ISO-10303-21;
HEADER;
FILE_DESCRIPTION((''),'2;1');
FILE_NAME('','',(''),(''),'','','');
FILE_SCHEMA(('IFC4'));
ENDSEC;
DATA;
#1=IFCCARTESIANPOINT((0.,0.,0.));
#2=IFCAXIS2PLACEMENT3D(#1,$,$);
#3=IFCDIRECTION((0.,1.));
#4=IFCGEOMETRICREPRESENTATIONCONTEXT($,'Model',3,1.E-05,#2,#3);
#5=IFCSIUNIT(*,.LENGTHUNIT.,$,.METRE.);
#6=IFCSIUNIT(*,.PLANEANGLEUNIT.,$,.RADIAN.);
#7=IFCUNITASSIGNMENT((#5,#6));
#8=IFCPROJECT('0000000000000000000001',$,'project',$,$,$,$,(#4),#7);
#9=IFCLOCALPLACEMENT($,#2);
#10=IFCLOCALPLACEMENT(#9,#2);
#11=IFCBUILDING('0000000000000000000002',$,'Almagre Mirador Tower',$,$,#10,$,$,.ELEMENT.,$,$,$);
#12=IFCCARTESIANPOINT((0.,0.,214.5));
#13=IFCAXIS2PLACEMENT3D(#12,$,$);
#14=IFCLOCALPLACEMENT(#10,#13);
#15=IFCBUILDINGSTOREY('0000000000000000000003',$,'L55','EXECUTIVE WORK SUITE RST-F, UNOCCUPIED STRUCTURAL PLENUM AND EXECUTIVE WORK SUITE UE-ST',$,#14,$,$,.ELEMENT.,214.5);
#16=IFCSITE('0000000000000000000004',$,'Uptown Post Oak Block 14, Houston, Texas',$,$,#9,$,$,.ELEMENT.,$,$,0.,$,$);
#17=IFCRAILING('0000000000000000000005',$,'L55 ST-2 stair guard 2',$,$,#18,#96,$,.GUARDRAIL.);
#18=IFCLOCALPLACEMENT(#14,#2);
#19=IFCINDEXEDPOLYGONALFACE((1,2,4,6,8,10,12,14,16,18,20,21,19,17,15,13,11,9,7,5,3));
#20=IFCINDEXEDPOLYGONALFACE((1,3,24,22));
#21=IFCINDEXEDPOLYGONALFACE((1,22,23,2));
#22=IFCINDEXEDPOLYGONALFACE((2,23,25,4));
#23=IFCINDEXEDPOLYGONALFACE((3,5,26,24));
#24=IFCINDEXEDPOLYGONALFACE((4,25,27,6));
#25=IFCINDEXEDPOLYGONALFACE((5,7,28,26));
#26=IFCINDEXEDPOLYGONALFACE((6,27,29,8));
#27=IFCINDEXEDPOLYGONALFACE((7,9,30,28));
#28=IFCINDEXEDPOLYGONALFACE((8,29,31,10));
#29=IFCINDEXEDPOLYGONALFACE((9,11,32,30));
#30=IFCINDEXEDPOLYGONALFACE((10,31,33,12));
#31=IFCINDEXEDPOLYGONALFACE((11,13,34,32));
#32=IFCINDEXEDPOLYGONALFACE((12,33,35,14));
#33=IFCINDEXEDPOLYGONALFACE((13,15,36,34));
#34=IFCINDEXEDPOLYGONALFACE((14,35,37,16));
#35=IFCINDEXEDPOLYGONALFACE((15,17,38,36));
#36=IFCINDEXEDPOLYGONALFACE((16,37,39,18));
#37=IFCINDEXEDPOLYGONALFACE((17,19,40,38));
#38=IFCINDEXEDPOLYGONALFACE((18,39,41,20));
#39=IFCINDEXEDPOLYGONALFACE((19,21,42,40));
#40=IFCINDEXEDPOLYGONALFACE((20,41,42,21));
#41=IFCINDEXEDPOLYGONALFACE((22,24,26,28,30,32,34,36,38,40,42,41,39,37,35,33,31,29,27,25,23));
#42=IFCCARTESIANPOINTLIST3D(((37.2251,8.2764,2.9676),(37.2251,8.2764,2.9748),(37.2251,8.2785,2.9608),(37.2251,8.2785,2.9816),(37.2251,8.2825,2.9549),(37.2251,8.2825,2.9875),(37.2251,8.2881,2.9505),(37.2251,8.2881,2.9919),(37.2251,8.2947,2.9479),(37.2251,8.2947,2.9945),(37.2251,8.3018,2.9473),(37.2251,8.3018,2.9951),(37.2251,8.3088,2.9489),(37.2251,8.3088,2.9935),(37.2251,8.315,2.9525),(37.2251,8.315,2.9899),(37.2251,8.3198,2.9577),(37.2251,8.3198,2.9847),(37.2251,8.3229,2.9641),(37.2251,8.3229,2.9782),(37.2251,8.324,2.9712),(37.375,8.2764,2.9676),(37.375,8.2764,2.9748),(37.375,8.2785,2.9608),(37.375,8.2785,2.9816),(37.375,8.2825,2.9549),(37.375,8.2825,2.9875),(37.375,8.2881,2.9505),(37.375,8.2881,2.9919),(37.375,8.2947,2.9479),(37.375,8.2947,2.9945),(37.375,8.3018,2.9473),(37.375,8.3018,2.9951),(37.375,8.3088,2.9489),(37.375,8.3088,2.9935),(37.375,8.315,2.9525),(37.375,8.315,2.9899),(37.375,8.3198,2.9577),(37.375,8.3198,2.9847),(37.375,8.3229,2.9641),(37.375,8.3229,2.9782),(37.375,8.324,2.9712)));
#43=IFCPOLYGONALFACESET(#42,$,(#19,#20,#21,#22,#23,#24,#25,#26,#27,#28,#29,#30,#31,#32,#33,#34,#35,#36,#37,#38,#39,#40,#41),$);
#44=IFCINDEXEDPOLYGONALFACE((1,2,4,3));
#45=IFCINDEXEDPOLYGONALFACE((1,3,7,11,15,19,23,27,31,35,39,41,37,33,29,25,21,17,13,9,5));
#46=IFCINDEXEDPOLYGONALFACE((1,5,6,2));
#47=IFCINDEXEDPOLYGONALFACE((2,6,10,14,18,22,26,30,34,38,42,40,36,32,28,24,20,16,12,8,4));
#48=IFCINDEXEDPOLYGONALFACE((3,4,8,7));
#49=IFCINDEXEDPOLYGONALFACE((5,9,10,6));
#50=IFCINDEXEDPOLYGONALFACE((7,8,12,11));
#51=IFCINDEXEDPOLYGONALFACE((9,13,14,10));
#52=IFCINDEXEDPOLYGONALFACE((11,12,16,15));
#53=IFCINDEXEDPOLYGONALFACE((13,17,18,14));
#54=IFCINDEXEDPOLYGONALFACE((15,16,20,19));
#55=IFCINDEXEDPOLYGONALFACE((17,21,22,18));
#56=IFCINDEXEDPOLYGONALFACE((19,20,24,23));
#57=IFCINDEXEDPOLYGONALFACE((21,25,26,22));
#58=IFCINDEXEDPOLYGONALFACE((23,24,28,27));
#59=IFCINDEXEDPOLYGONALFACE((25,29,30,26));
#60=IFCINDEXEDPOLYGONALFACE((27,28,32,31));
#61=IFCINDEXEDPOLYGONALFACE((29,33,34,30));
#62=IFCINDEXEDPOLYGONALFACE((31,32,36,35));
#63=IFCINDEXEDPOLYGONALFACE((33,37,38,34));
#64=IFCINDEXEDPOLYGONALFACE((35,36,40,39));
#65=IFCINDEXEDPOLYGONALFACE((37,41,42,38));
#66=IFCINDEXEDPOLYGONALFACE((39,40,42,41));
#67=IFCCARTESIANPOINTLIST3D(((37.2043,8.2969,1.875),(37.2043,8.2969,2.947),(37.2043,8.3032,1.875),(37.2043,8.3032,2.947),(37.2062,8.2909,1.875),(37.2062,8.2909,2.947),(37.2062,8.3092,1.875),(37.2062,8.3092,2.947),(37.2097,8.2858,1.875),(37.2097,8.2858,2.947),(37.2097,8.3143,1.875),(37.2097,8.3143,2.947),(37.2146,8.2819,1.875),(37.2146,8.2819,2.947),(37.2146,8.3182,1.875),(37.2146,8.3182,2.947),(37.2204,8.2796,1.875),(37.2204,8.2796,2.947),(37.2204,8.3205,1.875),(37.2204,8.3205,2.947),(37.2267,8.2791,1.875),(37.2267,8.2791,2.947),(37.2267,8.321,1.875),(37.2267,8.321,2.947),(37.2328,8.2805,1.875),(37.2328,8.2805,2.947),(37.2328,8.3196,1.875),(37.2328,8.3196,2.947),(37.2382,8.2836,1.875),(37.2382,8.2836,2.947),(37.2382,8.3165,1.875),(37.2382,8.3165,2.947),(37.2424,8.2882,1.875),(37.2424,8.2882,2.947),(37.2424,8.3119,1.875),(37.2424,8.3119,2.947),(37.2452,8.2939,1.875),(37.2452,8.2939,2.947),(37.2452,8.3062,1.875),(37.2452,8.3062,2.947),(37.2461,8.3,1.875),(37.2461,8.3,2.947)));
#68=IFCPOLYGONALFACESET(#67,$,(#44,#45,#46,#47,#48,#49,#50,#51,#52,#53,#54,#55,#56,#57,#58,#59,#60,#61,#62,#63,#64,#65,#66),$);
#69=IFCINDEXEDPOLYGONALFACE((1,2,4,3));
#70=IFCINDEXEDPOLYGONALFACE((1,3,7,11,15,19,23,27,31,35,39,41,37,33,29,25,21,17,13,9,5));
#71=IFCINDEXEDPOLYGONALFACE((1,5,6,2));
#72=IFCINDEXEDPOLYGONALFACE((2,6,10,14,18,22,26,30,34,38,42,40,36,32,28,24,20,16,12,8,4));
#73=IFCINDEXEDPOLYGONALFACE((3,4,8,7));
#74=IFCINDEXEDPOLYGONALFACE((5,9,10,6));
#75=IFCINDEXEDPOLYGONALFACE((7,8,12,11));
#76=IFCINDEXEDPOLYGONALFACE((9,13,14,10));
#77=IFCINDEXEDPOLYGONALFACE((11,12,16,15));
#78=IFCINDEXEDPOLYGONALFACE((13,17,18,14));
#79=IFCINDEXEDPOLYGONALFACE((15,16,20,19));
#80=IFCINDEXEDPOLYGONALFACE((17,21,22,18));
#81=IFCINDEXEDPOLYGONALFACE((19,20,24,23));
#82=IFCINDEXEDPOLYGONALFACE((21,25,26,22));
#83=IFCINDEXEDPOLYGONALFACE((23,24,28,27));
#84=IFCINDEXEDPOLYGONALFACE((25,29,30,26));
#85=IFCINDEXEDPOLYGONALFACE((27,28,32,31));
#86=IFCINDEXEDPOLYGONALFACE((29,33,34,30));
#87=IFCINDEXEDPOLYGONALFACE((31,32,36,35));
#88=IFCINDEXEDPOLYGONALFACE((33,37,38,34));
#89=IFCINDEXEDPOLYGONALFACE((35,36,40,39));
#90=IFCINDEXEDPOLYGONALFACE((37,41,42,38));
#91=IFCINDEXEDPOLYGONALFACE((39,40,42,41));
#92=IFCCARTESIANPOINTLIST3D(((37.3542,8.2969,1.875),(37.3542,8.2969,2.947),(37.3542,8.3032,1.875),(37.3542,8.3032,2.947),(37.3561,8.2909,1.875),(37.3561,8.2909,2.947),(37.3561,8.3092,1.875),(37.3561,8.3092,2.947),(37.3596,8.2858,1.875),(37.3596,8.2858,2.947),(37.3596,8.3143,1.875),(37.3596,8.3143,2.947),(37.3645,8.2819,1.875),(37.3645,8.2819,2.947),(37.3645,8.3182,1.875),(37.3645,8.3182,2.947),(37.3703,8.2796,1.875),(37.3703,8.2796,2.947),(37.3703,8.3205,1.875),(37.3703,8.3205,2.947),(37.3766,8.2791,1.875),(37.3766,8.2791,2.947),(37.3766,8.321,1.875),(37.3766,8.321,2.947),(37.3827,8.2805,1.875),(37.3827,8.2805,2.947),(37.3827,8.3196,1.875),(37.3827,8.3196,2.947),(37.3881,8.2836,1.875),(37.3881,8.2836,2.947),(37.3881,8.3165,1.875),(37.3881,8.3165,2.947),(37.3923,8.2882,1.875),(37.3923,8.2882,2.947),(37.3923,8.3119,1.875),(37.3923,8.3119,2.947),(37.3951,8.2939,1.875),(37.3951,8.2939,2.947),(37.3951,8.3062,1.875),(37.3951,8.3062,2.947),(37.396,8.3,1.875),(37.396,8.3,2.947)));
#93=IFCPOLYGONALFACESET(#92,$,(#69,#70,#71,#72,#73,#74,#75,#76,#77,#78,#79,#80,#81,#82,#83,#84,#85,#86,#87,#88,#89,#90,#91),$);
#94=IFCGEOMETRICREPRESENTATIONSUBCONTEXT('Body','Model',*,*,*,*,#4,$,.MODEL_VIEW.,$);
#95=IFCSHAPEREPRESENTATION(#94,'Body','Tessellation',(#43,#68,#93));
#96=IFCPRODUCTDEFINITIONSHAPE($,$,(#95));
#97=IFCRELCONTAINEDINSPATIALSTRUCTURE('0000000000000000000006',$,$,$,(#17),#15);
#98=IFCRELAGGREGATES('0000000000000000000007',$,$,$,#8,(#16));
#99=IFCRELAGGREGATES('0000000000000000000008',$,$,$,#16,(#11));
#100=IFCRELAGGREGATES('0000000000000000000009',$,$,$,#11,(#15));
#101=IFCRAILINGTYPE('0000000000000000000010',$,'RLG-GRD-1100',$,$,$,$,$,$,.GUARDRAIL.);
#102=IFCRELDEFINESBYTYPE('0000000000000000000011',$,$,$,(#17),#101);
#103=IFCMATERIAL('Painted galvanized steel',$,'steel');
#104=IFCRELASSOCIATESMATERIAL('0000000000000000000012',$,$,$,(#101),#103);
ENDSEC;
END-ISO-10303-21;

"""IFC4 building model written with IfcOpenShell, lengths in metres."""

from ifc_helpers import new_model, si_unit, direction, frame, origin, origin_2d, place, context, subcontext, project, spatial, circle, extrude, material, type_object, element, save


model = new_model("IFC4")

# Units and contexts
model_context = context("Model", 3, precision=1e-05, world=origin(), true_north=direction((0.0, 1.0)))
body_context = subcontext(model_context, "Body", "Model", "MODEL_VIEW")
ifc_project = project(units=[si_unit("LENGTHUNIT", "METRE"), si_unit("PLANEANGLEUNIT", "RADIAN")], contexts=[model_context])

# Site, building, storey
site_placement = place(None, origin())
site = spatial("IfcSite", under=ifc_project, at=site_placement, Name="Uptown Post Oak Block 14, Houston, Texas", CompositionType="ELEMENT", RefElevation=0.0)
building_placement = place(site_placement, origin())
building = spatial("IfcBuilding", under=site, at=building_placement, Name="Almagre Mirador Tower", CompositionType="ELEMENT")
storey_placement = place(building_placement, frame((0.0, 0.0, 214.5)))
storey = spatial("IfcBuildingStorey", under=building, at=storey_placement, Name="L55", Description="EXECUTIVE WORK SUITE RST-F, UNOCCUPIED STRUCTURAL PLENUM AND EXECUTIVE WORK SUITE UE-ST", CompositionType="ELEMENT", Elevation=214.5)

# Railing
ifc_material_1 = material(Name="Painted galvanized steel", Category="steel")
railing_type_1 = type_object("IfcRailingType", Name="RLG-GRD-1100", PredefinedType="GUARDRAIL", material=ifc_material_1)
railing_1_placement = place(storey_placement, frame((37.2251, 8.3, 1.875)))
element("IfcRailing", 1, at=railing_1_placement, inside=storey, type_object=railing_type_1, Name="L55 ST-2 stair guard 2", PredefinedType="GUARDRAIL", context=body_context, shape_type="SweptSolid", body=[
    extrude(circle(Radius=0.0239, at=origin_2d()), frame((0.0, 0.0, 1.0962), z_axis=(1.0, 0.0, 0.0), x_axis=(0.0, 1.0, 0.0)), (0.0, 0.0, 1.0), 0.1499),
    extrude(circle(Radius=0.021, at=origin_2d()), origin(), (0.0, 0.0, 1.0), 1.072),
    extrude(circle(Radius=0.021, at=origin_2d()), frame((0.1499, 0.0, 0.0)), (0.0, 0.0, 1.0), 1.072),
])

save(model, "model.ifc")
